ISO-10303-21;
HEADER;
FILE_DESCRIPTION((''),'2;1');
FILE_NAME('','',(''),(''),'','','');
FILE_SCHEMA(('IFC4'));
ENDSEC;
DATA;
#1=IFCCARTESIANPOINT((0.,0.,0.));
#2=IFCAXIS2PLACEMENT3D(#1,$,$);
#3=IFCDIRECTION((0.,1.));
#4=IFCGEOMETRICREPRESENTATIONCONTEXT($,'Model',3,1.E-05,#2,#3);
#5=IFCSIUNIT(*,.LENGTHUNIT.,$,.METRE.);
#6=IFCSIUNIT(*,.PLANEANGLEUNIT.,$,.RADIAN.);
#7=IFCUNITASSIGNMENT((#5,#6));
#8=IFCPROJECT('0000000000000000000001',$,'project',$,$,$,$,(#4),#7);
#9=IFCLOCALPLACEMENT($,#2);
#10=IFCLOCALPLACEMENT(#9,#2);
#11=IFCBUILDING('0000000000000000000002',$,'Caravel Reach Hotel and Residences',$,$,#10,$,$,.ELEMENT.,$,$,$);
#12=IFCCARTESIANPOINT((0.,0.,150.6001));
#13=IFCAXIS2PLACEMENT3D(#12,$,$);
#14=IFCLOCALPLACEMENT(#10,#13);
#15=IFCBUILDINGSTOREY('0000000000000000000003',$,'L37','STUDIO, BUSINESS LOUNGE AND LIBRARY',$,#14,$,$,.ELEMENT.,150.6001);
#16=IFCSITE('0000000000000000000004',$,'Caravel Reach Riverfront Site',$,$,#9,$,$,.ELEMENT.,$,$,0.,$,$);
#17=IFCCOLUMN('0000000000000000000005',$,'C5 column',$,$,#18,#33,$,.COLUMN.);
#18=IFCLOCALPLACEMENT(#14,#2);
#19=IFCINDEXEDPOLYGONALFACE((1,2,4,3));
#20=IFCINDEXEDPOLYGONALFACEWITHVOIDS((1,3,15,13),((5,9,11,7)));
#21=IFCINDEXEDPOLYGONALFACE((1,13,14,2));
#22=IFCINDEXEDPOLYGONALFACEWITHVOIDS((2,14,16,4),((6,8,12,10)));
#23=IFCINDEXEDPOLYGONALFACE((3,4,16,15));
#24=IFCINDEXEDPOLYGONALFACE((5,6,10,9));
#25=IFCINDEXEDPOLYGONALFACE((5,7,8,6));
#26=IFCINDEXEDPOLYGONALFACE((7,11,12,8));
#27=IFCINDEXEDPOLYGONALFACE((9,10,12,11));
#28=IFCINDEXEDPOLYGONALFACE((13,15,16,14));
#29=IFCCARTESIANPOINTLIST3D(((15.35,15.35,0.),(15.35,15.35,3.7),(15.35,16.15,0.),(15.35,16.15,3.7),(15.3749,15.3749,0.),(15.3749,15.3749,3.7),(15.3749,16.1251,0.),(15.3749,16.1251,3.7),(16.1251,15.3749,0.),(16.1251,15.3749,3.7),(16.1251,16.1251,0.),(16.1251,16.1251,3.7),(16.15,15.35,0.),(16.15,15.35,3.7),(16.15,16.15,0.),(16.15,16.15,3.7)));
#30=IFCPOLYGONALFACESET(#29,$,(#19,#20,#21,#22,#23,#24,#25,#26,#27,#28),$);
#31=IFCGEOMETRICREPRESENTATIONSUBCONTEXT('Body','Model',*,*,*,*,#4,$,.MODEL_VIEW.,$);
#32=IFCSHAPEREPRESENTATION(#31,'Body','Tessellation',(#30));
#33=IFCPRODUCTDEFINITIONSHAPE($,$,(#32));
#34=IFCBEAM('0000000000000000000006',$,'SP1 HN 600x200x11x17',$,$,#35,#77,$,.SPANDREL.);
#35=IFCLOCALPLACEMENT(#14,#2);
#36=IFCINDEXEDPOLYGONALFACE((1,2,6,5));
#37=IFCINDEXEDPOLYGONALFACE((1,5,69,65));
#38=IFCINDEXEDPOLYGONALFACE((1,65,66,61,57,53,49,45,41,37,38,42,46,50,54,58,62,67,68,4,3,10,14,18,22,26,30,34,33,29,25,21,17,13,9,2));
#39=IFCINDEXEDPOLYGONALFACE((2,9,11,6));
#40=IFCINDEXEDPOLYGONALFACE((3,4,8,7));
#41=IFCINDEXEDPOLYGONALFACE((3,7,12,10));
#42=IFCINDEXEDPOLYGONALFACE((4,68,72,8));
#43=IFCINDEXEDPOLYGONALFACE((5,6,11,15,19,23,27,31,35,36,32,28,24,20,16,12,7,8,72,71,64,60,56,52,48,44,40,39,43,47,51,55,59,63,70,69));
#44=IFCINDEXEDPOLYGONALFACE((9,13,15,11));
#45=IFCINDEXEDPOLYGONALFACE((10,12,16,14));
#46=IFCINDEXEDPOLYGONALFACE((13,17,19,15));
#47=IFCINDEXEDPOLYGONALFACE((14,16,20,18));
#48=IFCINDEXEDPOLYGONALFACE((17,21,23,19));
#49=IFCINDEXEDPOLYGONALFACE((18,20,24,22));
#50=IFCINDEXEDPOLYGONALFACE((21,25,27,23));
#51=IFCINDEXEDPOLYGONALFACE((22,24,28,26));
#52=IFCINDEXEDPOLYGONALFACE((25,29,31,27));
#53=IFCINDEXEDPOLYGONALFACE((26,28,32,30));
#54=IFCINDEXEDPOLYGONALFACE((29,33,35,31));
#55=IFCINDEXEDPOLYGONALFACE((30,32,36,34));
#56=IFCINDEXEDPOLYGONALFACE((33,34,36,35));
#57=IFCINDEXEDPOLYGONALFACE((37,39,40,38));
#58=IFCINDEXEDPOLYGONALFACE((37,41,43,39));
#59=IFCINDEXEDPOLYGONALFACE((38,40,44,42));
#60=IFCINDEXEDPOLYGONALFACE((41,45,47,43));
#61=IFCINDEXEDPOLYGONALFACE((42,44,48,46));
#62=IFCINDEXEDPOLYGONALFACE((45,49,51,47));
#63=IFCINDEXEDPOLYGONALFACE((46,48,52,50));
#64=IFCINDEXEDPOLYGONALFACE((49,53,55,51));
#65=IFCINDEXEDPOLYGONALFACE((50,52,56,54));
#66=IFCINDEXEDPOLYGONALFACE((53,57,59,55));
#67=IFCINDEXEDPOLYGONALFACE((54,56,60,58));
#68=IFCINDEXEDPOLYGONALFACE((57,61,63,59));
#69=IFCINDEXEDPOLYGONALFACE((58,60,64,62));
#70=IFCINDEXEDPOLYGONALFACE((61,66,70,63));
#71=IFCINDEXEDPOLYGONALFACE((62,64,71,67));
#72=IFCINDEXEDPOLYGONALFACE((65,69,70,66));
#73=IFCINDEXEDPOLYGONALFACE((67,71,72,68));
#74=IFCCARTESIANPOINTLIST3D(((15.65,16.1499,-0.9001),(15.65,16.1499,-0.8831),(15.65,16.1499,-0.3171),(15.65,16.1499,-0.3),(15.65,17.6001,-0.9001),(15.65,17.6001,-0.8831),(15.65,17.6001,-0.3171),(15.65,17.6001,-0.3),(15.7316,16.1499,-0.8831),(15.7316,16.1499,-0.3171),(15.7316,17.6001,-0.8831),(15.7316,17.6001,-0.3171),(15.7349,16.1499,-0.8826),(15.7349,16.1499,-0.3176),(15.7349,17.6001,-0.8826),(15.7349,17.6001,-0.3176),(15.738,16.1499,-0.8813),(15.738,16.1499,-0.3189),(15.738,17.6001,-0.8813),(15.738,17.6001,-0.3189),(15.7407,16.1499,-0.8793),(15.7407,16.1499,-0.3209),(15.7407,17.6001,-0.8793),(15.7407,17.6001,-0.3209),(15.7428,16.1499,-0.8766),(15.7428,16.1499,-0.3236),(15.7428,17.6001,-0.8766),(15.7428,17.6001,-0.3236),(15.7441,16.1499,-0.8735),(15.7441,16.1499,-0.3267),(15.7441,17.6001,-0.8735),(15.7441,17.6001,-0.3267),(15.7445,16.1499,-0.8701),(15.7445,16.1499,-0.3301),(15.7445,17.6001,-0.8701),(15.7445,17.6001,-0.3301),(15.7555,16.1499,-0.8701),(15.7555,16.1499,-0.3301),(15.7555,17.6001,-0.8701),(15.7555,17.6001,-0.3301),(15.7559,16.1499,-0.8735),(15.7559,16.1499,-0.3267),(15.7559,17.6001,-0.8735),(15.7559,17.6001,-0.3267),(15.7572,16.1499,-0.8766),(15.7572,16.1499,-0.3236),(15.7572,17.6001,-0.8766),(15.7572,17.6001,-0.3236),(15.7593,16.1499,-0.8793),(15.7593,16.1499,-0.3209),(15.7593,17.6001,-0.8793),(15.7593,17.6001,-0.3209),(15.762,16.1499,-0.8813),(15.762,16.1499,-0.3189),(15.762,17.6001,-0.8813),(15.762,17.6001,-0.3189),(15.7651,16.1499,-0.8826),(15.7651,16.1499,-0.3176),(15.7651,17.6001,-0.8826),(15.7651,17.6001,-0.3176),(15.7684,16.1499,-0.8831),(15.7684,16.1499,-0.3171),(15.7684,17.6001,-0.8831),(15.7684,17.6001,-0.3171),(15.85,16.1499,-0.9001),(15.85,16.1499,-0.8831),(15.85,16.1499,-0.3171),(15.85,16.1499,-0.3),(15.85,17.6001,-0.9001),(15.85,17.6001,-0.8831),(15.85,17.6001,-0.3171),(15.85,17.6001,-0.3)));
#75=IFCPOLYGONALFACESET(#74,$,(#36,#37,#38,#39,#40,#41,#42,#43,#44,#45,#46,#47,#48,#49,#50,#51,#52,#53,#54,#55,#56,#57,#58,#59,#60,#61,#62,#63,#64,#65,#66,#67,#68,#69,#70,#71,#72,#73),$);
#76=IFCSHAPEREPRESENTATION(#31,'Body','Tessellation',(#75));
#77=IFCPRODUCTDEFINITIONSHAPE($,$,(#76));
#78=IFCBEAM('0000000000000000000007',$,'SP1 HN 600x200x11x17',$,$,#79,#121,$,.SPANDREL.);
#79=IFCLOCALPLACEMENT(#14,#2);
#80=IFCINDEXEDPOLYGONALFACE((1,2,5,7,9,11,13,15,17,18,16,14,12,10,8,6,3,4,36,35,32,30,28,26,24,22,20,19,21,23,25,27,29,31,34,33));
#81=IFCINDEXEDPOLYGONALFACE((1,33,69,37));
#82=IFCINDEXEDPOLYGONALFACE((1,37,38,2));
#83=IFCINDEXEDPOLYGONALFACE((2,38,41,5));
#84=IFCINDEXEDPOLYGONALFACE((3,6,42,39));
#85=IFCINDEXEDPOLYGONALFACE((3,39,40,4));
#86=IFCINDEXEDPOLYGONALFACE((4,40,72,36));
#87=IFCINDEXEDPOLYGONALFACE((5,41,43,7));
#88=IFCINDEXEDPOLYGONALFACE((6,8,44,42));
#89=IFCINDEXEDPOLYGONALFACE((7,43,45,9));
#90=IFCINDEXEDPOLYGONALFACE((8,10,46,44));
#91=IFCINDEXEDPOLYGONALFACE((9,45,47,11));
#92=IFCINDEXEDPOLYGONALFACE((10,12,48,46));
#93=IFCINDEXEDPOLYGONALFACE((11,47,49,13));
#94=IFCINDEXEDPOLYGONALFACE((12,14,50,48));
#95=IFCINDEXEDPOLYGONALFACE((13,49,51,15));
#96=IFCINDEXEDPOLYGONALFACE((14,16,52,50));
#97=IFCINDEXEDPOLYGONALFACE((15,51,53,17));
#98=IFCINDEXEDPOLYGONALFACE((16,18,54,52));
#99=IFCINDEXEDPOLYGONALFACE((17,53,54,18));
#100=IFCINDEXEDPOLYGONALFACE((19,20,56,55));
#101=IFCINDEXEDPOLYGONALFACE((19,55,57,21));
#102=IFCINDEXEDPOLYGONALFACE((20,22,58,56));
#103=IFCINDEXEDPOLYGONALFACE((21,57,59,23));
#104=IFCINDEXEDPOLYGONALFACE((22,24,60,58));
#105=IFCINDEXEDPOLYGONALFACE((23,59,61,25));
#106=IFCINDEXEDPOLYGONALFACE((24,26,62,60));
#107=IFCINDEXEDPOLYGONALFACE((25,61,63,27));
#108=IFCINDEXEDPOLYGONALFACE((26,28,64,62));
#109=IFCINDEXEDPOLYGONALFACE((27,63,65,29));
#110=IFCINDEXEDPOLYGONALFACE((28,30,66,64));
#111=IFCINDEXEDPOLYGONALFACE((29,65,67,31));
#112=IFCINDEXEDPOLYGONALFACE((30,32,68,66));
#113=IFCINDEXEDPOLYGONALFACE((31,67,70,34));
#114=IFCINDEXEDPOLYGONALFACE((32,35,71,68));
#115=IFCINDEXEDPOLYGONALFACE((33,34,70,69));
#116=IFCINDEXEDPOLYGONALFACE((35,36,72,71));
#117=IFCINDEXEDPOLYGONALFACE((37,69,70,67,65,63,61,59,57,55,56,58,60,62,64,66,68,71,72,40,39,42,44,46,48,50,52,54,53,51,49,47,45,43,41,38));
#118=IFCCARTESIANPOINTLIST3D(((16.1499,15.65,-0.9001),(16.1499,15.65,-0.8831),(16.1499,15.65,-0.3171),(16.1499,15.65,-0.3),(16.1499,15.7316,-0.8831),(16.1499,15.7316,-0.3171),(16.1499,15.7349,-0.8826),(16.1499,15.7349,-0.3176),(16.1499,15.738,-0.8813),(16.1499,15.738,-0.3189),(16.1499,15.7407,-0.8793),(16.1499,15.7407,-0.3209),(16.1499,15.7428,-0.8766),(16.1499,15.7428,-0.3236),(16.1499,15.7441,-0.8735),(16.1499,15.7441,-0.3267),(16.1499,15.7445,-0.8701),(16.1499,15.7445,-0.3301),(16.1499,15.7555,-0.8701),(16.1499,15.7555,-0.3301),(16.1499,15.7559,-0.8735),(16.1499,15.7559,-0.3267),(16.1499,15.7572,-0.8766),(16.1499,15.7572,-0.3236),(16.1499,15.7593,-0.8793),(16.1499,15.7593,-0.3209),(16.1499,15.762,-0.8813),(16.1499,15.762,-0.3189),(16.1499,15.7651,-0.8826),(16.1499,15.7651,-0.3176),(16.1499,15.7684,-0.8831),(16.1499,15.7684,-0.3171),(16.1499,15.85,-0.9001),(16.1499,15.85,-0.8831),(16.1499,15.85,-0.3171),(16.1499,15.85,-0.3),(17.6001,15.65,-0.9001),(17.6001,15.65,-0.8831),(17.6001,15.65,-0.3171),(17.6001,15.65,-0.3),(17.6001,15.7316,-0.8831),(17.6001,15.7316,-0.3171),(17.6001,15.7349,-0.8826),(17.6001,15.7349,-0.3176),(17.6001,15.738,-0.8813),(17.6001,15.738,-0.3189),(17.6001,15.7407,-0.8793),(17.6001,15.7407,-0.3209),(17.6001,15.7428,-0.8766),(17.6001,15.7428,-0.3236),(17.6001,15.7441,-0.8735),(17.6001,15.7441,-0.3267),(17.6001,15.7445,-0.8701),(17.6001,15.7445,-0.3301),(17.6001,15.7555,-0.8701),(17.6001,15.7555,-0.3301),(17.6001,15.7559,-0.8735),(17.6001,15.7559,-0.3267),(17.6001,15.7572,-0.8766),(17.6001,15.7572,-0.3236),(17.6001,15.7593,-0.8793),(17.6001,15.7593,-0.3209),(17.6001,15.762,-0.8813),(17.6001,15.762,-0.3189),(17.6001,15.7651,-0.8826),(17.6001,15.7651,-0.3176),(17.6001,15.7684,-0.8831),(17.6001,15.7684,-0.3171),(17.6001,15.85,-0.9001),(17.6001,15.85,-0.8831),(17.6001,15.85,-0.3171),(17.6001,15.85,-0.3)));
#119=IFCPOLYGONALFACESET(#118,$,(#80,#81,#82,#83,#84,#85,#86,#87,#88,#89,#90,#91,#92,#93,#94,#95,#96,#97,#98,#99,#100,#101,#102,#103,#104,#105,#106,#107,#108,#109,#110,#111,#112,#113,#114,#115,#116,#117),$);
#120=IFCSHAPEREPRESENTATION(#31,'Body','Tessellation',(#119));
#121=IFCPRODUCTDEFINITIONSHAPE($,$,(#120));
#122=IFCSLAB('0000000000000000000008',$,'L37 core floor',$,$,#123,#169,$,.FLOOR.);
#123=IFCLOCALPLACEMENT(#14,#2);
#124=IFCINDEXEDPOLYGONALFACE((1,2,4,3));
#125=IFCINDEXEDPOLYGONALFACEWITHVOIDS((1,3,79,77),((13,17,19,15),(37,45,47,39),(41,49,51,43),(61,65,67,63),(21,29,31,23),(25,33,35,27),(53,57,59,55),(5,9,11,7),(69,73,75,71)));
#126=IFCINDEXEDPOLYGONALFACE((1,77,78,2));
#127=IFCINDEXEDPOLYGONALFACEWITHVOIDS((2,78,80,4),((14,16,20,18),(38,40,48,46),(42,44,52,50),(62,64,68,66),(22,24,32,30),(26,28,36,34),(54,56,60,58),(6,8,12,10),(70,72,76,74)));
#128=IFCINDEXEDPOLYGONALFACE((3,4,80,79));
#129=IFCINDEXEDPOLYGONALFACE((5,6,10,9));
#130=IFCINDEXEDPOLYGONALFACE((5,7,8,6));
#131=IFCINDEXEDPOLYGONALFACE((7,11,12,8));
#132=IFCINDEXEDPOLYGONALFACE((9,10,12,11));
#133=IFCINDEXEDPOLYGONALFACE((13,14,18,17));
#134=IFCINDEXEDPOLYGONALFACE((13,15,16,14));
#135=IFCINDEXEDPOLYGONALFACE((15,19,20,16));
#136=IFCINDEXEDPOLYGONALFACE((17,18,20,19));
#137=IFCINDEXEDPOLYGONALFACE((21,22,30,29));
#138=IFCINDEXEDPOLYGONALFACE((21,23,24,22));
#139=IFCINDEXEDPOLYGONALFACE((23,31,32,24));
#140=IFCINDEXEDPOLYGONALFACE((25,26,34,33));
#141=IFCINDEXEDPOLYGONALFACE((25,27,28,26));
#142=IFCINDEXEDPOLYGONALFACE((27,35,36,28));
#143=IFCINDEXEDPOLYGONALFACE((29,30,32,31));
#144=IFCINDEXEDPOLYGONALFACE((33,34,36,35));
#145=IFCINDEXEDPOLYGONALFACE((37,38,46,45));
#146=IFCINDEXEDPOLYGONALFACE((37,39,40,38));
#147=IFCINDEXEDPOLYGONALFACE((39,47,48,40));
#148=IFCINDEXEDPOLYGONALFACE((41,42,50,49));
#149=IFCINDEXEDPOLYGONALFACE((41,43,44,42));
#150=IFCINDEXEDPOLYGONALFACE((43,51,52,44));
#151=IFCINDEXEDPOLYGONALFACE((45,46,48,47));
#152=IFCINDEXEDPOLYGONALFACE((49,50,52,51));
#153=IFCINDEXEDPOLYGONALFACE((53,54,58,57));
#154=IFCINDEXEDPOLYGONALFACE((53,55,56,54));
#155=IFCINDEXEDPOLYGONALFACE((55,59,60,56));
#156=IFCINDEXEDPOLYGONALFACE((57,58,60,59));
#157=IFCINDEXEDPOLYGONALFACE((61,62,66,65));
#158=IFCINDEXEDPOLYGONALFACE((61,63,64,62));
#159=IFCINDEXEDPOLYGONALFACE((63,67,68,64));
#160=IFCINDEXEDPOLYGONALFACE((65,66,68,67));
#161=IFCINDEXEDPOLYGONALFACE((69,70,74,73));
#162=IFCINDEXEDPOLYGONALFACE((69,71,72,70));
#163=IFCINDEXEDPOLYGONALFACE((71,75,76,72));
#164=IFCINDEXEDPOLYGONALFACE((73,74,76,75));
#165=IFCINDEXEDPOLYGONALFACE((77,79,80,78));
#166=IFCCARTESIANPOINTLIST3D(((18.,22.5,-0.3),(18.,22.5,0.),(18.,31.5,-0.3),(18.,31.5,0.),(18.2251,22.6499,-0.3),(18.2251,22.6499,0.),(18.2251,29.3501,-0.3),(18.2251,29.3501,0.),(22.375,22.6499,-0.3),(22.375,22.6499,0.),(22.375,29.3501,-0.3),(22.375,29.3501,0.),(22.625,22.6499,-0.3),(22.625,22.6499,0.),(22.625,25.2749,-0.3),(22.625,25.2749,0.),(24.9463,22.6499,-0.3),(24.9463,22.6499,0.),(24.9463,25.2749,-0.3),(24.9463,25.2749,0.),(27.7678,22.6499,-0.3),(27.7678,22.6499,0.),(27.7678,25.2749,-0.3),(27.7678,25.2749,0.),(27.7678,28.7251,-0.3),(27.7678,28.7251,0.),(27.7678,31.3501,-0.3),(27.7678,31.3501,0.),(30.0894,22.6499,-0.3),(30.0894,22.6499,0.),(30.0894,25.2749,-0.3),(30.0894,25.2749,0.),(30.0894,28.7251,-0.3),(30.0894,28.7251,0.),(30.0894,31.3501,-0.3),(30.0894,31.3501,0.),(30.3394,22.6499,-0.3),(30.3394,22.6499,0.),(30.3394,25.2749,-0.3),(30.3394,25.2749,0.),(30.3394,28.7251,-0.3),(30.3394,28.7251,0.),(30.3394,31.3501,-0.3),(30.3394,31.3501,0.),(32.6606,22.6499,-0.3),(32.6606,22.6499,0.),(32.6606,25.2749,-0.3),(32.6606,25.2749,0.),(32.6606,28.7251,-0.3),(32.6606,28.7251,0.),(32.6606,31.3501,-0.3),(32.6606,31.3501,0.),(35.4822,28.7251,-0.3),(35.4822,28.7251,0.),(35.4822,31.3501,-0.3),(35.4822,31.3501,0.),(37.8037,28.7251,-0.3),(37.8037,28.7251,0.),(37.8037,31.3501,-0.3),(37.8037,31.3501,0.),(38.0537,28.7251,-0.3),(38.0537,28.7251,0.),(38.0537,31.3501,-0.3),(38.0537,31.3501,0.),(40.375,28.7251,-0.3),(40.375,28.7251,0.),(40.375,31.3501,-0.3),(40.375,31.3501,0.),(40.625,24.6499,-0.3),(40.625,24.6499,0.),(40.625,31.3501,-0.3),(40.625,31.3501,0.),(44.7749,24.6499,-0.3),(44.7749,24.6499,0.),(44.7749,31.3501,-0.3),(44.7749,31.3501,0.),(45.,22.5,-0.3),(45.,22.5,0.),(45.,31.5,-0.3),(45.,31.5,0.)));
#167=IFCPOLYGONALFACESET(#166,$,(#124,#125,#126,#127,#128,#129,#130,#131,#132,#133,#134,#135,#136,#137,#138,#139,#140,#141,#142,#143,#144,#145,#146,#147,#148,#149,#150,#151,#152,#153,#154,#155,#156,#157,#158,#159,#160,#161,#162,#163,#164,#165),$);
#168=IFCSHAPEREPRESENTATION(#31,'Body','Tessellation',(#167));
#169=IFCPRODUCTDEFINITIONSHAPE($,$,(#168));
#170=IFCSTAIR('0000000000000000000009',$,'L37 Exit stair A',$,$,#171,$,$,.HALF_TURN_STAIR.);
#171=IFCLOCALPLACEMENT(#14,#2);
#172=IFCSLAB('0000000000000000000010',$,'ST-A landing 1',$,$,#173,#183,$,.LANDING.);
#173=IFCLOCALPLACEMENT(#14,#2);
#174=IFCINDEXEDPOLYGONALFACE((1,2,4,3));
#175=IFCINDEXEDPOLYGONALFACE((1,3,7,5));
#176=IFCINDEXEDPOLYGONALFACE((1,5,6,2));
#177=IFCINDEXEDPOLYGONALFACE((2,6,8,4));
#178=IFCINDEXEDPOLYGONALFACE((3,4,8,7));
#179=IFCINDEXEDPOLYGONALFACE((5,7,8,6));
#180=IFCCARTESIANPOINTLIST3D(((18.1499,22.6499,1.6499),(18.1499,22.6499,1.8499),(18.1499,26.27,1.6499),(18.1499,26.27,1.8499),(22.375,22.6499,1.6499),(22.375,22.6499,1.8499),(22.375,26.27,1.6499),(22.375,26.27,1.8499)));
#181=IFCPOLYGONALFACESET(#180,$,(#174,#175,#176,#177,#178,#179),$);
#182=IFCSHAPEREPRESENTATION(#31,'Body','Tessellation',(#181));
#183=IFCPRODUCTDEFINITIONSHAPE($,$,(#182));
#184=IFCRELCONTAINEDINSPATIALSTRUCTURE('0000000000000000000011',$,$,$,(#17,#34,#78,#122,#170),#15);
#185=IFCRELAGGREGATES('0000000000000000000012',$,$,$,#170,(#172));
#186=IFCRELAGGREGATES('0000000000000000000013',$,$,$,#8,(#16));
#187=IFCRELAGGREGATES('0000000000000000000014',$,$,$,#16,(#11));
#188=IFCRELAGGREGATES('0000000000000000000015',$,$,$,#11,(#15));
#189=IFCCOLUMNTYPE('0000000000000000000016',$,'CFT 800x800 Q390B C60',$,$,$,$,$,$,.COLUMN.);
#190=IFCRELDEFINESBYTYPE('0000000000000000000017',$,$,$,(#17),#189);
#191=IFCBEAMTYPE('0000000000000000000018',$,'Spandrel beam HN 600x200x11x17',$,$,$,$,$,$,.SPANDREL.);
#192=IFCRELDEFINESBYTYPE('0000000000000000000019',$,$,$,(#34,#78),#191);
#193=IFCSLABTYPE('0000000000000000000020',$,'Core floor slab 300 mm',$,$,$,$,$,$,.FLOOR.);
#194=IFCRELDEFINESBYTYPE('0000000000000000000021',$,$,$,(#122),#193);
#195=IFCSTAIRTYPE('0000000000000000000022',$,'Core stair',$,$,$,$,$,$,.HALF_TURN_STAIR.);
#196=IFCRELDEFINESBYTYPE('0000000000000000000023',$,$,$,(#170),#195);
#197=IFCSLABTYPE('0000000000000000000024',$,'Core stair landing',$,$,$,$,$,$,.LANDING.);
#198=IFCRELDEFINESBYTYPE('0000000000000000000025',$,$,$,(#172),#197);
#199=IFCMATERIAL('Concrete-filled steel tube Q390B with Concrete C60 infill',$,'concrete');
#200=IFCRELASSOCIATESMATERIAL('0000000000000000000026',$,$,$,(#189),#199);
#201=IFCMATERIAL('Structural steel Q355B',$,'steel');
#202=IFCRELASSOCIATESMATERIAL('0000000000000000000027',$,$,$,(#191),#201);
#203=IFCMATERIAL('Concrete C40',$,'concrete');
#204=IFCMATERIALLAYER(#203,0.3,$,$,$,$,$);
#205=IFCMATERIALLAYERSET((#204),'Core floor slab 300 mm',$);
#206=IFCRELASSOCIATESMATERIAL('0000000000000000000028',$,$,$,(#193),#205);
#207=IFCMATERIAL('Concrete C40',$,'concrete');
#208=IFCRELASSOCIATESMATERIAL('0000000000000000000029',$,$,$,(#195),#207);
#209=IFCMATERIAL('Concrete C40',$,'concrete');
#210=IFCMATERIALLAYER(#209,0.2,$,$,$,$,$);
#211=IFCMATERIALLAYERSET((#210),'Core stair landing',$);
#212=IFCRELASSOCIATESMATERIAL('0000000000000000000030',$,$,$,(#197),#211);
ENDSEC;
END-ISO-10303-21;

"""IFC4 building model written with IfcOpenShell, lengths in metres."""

from ifc_helpers import new_model, si_unit, direction, frame, origin, origin_2d, place, context, subcontext, project, spatial, polyline, hollow_rectangle, i_section, outline, extrude, material, layer, layer_set, material_profile, profile_set, type_object, element, aggregate, save


model = new_model("IFC4")

# Units and contexts
model_context = context("Model", 3, precision=1e-05, world=origin(), true_north=direction((0.0, 1.0)))
body_context = subcontext(model_context, "Body", "Model", "MODEL_VIEW")
ifc_project = project(units=[si_unit("LENGTHUNIT", "METRE"), si_unit("PLANEANGLEUNIT", "RADIAN")], contexts=[model_context])

# Site, building, storey
site_placement = place(None, origin())
site = spatial("IfcSite", under=ifc_project, at=site_placement, Name="Caravel Reach Riverfront Site", CompositionType="ELEMENT", RefElevation=0.0)
building_placement = place(site_placement, origin())
building = spatial("IfcBuilding", under=site, at=building_placement, Name="Caravel Reach Hotel and Residences", CompositionType="ELEMENT")
storey_placement = place(building_placement, frame((0.0, 0.0, 150.6001)))
storey = spatial("IfcBuildingStorey", under=building, at=storey_placement, Name="L37", Description="STUDIO, BUSINESS LOUNGE AND LIBRARY", CompositionType="ELEMENT", Elevation=150.6001)

# Column
ifc_material_1 = material(Name="Concrete-filled steel tube Q390B with Concrete C60 infill", Category="concrete")
ifc_material_profile_1 = material_profile(ifc_material_1, hollow_rectangle(XDim=0.8, YDim=0.8, WallThickness=0.0249, at=origin_2d()), Name="RHS 800x800x25")
ifc_profile_set_1 = profile_set([ifc_material_profile_1], Name="Concrete-filled steel tube Q390B with Concrete C60 infill")
column_type = type_object("IfcColumnType", Name="CFT 800x800 Q390B C60", PredefinedType="COLUMN", material=ifc_profile_set_1)
column_placement = place(storey_placement, frame((15.75, 15.75, 0.0), z_axis=(0.0, 0.0, 1.0), x_axis=(1.0, 0.0, 0.0)))
element("IfcColumn", 1, at=column_placement, inside=storey, type_object=column_type, Name="C5 column", PredefinedType="COLUMN", context=body_context, shape_type="SweptSolid", body=[
    extrude(hollow_rectangle(XDim=0.8, YDim=0.8, WallThickness=0.0249, at=origin_2d()), origin(), (0.0, 0.0, 1.0), 3.7),
])

# Beams
ifc_material_2 = material(Name="Structural steel Q355B", Category="steel")
ifc_material_profile_2 = material_profile(ifc_material_2, i_section(OverallWidth=0.2, OverallDepth=0.6001, WebThickness=0.011, FlangeThickness=0.0171, FilletRadius=0.0129, at=origin_2d()), Name="HN 600x200x11x17")
ifc_profile_set_2 = profile_set([ifc_material_profile_2], Name="Structural steel Q355B")
beam_type = type_object("IfcBeamType", Name="Spandrel beam HN 600x200x11x17", PredefinedType="SPANDREL", material=ifc_profile_set_2)
for number, where, z_axis, x_axis, name in (
    (2, (15.75, 17.6001, -0.6001), (0.0, -1.0, 0.0), (1.0, 0.0, 0.0), "SP1 HN 600x200x11x17"),
    (3, (16.1499, 15.75, -0.6001), (1.0, 0.0, 0.0), (0.0, 1.0, 0.0), "SP1 HN 600x200x11x17"),
):
    element("IfcBeam", number, at=place(storey_placement, frame(where, z_axis=z_axis, x_axis=x_axis)), inside=storey, type_object=beam_type, Name=name, PredefinedType="SPANDREL", context=body_context, shape_type="SweptSolid", body=[
        extrude(i_section(OverallWidth=0.2, OverallDepth=0.6001, WebThickness=0.011, FlangeThickness=0.0171, FilletRadius=0.0129, at=origin_2d()), origin(), (0.0, 0.0, 1.0), 1.4502),
    ])

# Slab
ifc_material_3 = material(Name="Concrete C40", Category="concrete")
ifc_layer_1 = layer(ifc_material_3, 0.3)
ifc_layer_set_1 = layer_set([ifc_layer_1], Name="Core floor slab 300 mm")
slab_type_1 = type_object("IfcSlabType", Name="Core floor slab 300 mm", PredefinedType="FLOOR", material=ifc_layer_set_1)
slab_1_placement = place(storey_placement, frame((0.0, 0.0, -0.3)))
element("IfcSlab", 4, at=slab_1_placement, inside=storey, type_object=slab_type_1, Name="L37 core floor", PredefinedType="FLOOR", context=body_context, shape_type="SweptSolid", body=[
    extrude(outline(polyline([(18.0, 31.5), (45.0, 31.5), (45.0, 22.5), (18.0, 22.5), (18.0, 31.5)]), holes=[polyline([(22.625, 25.2749), (22.625, 22.6499), (24.9463, 22.6499), (24.9463, 25.2749), (22.625, 25.2749)]), polyline([(27.7678, 25.2749), (27.7678, 22.6499), (30.0894, 22.6499), (30.0894, 25.2749), (27.7678, 25.2749)]), polyline([(30.3394, 25.2749), (30.3394, 22.6499), (32.6606, 22.6499), (32.6606, 25.2749), (30.3394, 25.2749)]), polyline([(22.375, 22.6499), (22.375, 29.3501), (18.2251, 29.3501), (18.2251, 22.6499), (22.375, 22.6499)]), polyline([(40.625, 31.3501), (40.625, 24.6499), (44.7749, 24.6499), (44.7749, 31.3501), (40.625, 31.3501)]), polyline([(27.7678, 31.3501), (27.7678, 28.7251), (30.0894, 28.7251), (30.0894, 31.3501), (27.7678, 31.3501)]), polyline([(30.3394, 31.3501), (30.3394, 28.7251), (32.6606, 28.7251), (32.6606, 31.3501), (30.3394, 31.3501)]), polyline([(37.8037, 31.3501), (35.4822, 31.3501), (35.4822, 28.7251), (37.8037, 28.7251), (37.8037, 31.3501)]), polyline([(40.375, 31.3501), (38.0537, 31.3501), (38.0537, 28.7251), (40.375, 28.7251), (40.375, 31.3501)])]), origin(), (0.0, 0.0, 1.0), 0.3),
])

# Stair, slab
ifc_material_4 = material(Name="Concrete C40", Category="concrete")
stair_type = type_object("IfcStairType", Name="Core stair", PredefinedType="HALF_TURN_STAIR", material=ifc_material_4)
stair_1_placement = place(storey_placement, origin())
stair_1 = element("IfcStair", 5, at=stair_1_placement, inside=storey, type_object=stair_type, Name="L37 Exit stair A", PredefinedType="HALF_TURN_STAIR")
ifc_material_5 = material(Name="Concrete C40", Category="concrete")
ifc_layer_2 = layer(ifc_material_5, 0.2)
ifc_layer_set_2 = layer_set([ifc_layer_2], Name="Core stair landing")
slab_type_2 = type_object("IfcSlabType", Name="Core stair landing", PredefinedType="LANDING", material=ifc_layer_set_2)
slab_2_placement = place(storey_placement, frame((0.0, 0.0, 1.6499)))
slab_2 = element("IfcSlab", 6, at=slab_2_placement, type_object=slab_type_2, Name="ST-A landing 1", PredefinedType="LANDING", context=body_context, shape_type="SweptSolid", body=[
    extrude(outline(polyline([(18.1499, 26.27), (18.1499, 22.6499), (22.375, 22.6499), (22.375, 26.27), (18.1499, 26.27)])), origin(), (0.0, 0.0, 1.0), 0.2),
])
aggregate(stair_1, [slab_2])

save(model, "model.ifc")
